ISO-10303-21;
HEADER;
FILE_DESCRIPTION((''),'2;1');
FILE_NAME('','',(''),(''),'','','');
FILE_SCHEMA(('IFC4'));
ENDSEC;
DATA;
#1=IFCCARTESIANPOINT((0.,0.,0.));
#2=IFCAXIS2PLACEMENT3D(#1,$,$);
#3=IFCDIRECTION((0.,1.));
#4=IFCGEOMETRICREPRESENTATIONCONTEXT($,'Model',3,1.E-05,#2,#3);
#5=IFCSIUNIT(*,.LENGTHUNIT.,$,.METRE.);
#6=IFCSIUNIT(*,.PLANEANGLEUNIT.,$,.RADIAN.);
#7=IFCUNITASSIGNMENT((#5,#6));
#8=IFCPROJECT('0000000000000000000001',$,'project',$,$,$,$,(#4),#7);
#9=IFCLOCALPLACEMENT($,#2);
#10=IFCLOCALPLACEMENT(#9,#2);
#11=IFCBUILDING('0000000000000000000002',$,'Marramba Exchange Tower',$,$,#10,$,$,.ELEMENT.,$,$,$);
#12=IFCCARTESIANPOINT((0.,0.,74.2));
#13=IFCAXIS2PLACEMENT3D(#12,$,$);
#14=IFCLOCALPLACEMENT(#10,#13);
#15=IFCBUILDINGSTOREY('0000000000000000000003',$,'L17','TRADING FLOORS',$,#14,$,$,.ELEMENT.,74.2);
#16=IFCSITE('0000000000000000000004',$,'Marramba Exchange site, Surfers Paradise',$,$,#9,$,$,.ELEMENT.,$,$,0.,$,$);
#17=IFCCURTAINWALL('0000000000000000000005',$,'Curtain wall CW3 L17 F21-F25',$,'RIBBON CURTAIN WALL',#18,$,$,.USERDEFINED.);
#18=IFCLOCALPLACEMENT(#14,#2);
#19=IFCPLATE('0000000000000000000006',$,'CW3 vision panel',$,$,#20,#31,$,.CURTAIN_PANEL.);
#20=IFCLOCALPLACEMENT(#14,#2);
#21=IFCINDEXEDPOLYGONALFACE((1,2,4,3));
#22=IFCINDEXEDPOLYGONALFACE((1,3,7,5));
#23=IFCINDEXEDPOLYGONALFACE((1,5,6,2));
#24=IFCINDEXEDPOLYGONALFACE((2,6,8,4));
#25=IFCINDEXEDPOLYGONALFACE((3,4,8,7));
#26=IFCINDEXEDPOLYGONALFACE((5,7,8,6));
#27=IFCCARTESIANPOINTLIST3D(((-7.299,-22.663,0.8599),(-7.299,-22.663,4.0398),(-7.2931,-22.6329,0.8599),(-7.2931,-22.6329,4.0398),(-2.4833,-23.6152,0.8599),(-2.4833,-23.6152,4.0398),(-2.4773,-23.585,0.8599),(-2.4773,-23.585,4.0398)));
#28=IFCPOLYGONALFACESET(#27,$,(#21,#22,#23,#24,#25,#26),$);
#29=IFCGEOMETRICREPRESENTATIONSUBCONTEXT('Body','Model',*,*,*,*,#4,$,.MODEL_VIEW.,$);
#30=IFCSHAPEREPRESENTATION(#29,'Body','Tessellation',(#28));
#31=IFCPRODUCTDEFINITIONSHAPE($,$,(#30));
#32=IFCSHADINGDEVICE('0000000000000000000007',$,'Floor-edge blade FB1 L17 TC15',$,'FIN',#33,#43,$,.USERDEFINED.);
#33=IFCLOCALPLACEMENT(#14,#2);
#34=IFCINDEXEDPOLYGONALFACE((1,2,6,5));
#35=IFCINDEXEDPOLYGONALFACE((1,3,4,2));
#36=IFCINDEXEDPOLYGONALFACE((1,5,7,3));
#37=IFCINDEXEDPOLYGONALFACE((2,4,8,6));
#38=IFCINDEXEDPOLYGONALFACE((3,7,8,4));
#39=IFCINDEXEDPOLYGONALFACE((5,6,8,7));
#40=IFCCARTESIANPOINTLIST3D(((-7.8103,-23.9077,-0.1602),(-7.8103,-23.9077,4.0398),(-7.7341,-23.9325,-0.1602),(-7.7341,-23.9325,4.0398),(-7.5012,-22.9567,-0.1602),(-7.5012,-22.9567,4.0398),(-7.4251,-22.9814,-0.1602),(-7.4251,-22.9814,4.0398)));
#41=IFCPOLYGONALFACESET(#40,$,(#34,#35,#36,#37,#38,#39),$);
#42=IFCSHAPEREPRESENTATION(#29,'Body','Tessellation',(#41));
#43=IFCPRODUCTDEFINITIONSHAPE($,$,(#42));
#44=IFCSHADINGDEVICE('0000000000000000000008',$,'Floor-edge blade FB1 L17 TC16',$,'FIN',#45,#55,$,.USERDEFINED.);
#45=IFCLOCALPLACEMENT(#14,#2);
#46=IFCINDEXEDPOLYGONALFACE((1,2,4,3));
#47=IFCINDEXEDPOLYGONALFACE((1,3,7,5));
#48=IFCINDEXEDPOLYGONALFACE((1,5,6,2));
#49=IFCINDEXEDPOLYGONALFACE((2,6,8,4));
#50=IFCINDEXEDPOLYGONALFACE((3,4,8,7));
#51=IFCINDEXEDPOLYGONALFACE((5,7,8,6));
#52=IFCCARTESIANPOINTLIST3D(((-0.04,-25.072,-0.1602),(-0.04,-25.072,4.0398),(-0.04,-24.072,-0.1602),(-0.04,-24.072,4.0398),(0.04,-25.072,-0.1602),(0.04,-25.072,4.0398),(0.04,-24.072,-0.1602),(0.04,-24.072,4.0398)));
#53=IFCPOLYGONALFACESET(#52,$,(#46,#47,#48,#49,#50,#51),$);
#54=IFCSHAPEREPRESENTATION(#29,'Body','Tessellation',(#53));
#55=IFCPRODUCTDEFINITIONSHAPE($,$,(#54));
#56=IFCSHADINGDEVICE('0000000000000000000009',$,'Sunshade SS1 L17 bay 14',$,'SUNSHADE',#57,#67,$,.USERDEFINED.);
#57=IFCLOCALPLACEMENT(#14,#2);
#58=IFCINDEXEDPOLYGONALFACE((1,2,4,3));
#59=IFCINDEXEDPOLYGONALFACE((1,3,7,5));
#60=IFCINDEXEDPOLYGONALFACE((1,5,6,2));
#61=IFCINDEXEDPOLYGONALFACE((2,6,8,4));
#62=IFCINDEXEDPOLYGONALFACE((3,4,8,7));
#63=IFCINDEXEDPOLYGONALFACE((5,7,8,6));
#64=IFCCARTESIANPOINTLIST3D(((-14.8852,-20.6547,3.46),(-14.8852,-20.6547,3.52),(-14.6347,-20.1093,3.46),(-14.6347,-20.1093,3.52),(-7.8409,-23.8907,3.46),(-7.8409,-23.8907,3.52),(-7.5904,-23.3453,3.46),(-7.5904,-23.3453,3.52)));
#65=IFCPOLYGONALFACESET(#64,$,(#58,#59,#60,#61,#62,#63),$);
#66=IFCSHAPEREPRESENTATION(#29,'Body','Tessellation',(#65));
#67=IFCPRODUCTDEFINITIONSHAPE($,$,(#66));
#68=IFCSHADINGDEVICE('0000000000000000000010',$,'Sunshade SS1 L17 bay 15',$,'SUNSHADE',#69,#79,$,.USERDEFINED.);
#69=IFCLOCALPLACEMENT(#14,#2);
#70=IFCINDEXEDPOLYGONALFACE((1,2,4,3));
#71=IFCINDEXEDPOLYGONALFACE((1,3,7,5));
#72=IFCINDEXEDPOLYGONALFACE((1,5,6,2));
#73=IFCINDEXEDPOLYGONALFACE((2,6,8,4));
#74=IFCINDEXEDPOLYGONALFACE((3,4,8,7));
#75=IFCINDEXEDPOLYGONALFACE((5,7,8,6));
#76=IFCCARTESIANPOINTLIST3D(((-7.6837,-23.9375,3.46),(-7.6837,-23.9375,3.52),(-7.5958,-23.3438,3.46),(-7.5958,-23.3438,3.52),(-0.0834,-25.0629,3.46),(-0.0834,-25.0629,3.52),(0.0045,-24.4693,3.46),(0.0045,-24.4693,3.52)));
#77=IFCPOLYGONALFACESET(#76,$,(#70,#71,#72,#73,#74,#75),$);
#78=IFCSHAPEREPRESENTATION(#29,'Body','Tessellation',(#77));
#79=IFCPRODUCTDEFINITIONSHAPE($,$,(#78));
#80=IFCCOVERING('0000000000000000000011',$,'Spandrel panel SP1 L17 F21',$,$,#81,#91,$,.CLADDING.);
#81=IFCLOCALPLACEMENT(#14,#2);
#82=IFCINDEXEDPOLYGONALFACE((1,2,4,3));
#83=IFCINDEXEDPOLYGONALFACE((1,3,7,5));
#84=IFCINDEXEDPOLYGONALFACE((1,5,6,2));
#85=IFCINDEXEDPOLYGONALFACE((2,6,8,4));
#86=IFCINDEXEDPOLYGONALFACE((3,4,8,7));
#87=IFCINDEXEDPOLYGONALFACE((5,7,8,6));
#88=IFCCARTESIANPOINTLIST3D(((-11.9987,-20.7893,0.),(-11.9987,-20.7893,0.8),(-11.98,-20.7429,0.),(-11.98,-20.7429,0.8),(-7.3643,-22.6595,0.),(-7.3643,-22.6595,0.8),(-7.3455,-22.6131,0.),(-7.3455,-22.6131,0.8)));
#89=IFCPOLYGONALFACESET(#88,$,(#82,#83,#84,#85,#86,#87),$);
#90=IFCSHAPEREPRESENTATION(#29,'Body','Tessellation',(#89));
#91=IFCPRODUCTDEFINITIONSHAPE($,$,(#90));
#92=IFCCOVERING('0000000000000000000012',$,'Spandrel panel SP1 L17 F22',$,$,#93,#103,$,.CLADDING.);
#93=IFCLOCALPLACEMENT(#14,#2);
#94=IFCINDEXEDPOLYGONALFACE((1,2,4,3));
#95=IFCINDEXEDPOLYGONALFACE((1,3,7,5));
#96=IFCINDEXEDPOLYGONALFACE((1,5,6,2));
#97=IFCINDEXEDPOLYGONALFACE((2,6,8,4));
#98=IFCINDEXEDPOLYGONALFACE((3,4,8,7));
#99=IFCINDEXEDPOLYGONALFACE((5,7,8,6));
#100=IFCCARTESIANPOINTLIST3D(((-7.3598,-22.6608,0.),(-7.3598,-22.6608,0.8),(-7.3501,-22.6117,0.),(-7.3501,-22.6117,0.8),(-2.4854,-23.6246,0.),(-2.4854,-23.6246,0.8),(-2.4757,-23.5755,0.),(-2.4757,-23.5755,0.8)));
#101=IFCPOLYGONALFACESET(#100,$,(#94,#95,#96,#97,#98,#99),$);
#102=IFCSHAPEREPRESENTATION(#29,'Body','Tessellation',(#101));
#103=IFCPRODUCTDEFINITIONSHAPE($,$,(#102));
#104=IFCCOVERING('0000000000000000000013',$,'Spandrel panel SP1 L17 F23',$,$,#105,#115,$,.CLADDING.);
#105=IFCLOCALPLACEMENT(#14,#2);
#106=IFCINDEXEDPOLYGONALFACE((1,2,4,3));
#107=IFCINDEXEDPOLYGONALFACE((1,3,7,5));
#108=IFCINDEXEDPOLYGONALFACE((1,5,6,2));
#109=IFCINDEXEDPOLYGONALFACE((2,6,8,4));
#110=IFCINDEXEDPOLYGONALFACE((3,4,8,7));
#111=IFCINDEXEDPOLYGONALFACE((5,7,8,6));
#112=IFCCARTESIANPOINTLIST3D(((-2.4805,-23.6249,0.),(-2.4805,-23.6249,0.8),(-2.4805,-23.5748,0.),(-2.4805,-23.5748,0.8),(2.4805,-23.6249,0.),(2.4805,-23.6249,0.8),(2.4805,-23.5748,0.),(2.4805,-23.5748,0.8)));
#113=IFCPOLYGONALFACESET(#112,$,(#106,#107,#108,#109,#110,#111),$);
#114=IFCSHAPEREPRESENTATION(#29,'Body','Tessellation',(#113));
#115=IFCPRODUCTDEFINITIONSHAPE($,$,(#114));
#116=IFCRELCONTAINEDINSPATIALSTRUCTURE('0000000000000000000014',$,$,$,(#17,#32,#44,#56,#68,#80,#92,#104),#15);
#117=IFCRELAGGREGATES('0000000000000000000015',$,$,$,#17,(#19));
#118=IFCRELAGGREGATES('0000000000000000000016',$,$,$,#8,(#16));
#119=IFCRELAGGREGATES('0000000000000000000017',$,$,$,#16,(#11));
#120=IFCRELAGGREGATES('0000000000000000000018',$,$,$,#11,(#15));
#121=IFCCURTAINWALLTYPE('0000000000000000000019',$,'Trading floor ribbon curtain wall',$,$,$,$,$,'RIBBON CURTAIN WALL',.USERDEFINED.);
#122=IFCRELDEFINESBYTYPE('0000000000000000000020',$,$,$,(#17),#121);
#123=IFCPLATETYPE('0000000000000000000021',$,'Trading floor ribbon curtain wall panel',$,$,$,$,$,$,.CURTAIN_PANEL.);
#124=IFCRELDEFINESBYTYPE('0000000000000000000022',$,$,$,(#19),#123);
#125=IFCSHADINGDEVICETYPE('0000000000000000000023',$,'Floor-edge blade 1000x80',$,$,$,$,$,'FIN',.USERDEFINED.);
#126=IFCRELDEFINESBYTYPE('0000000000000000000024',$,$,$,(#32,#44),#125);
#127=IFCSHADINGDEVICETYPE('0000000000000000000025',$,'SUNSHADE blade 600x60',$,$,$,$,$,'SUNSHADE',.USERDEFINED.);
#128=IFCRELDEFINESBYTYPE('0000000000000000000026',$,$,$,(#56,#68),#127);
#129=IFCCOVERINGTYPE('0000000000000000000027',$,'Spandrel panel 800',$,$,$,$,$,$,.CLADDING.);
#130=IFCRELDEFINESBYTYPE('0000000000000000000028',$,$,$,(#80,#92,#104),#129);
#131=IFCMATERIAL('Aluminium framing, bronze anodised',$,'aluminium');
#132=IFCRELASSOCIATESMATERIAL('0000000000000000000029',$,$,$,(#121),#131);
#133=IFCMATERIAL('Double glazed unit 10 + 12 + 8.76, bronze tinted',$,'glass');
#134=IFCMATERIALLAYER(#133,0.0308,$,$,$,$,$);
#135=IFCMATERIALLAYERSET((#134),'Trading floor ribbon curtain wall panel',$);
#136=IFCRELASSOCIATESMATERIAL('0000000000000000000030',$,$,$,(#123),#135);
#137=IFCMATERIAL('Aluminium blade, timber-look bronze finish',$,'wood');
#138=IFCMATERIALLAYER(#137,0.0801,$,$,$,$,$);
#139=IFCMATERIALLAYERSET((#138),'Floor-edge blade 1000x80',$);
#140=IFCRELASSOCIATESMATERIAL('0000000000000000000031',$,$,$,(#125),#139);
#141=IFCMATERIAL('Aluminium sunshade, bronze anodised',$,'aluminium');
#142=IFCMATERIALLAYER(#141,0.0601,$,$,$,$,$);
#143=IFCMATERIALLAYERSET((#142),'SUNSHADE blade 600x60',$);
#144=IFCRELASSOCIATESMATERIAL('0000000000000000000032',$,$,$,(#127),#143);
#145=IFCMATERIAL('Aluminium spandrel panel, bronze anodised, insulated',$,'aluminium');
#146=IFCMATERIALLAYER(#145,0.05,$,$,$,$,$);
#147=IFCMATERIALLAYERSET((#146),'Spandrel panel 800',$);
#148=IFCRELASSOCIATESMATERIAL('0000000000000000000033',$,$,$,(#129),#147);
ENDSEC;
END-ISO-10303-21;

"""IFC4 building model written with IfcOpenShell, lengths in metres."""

from ifc_helpers import new_model, si_unit, direction, frame, origin, origin_2d, place, context, subcontext, project, spatial, rectangle, extrude, material, layer, layer_set, type_object, element, aggregate, save


model = new_model("IFC4")

# Units and contexts
model_context = context("Model", 3, precision=1e-05, world=origin(), true_north=direction((0.0, 1.0)))
body_context = subcontext(model_context, "Body", "Model", "MODEL_VIEW")
ifc_project = project(units=[si_unit("LENGTHUNIT", "METRE"), si_unit("PLANEANGLEUNIT", "RADIAN")], contexts=[model_context])

# Site, building, storey
site_placement = place(None, origin())
site = spatial("IfcSite", under=ifc_project, at=site_placement, Name="Marramba Exchange site, Surfers Paradise", CompositionType="ELEMENT", RefElevation=0.0)
building_placement = place(site_placement, origin())
building = spatial("IfcBuilding", under=site, at=building_placement, Name="Marramba Exchange Tower", CompositionType="ELEMENT")
storey_placement = place(building_placement, frame((0.0, 0.0, 74.2)))
storey = spatial("IfcBuildingStorey", under=building, at=storey_placement, Name="L17", Description="TRADING FLOORS", CompositionType="ELEMENT", Elevation=74.2)

# Curtain wall, plate
ifc_material_1 = material(Name="Aluminium framing, bronze anodised", Category="aluminium")
curtain_wall_type = type_object("IfcCurtainWallType", Name="Trading floor ribbon curtain wall", ElementType="RIBBON CURTAIN WALL", PredefinedType="USERDEFINED", material=ifc_material_1)
curtain_wall_placement = place(storey_placement, origin())
curtain_wall = element("IfcCurtainWall", 1, at=curtain_wall_placement, inside=storey, type_object=curtain_wall_type, Name="Curtain wall CW3 L17 F21-F25", ObjectType="RIBBON CURTAIN WALL", PredefinedType="USERDEFINED")
ifc_material_2 = material(Name="Double glazed unit 10 + 12 + 8.76, bronze tinted", Category="glass")
ifc_layer_1 = layer(ifc_material_2, 0.0308)
ifc_layer_set_1 = layer_set([ifc_layer_1], Name="Trading floor ribbon curtain wall panel")
plate_type = type_object("IfcPlateType", Name="Trading floor ribbon curtain wall panel", PredefinedType="CURTAIN_PANEL", material=ifc_layer_set_1)
plate_1_placement = place(storey_placement, frame((-4.8882, -23.124, 0.8599), z_axis=(0.0, 0.0, 1.0), x_axis=(0.981009, -0.193961, 0.0)))
plate_1 = element("IfcPlate", 2, at=plate_1_placement, type_object=plate_type, Name="CW3 vision panel", PredefinedType="CURTAIN_PANEL", context=body_context, shape_type="SweptSolid", body=[
    extrude(rectangle(XDim=4.9089, YDim=0.0308, at=origin_2d()), origin(), (0.0, 0.0, 1.0), 3.1799),
])
aggregate(curtain_wall, [plate_1])

# Shading devices
ifc_material_3 = material(Name="Aluminium blade, timber-look bronze finish", Category="wood")
ifc_layer_2 = layer(ifc_material_3, 0.0801)
ifc_layer_set_2 = layer_set([ifc_layer_2], Name="Floor-edge blade 1000x80")
shading_device_type_1 = type_object("IfcShadingDeviceType", Name="Floor-edge blade 1000x80", ElementType="FIN", PredefinedType="USERDEFINED", material=ifc_layer_set_2)
for number, where, z_axis, x_axis, name in (
    (3, (-7.6177, -23.4446, -0.1602), (0.0, 0.0, 1.0), (-0.309017, -0.951057, 0.0), "Floor-edge blade FB1 L17 TC15"),
    (4, (0.0, -24.572, -0.1602), (0.0, 0.0, 1.0), (0.0, -1.0, 0.0), "Floor-edge blade FB1 L17 TC16"),
):
    element("IfcShadingDevice", number, at=place(storey_placement, frame(where, z_axis=z_axis, x_axis=x_axis)), inside=storey, type_object=shading_device_type_1, Name=name, ObjectType="FIN", PredefinedType="USERDEFINED", context=body_context, shape_type="SweptSolid", body=[
        extrude(rectangle(XDim=1.0, YDim=0.0801, at=origin_2d()), origin(), (0.0, 0.0, 1.0), 4.2),
    ])
ifc_material_4 = material(Name="Aluminium sunshade, bronze anodised", Category="aluminium")
ifc_layer_3 = layer(ifc_material_4, 0.0601)
ifc_layer_set_3 = layer_set([ifc_layer_3], Name="SUNSHADE blade 600x60")
shading_device_type_2 = type_object("IfcShadingDeviceType", Name="SUNSHADE blade 600x60", ElementType="SUNSHADE", PredefinedType="USERDEFINED", material=ifc_layer_set_3)
shading_device_1_placement = place(storey_placement, frame((-11.2378, -22.0, 3.46), z_axis=(0.0, 0.0, 1.0), x_axis=(0.908704, -0.417442, 0.0)))
element("IfcShadingDevice", 5, at=shading_device_1_placement, inside=storey, type_object=shading_device_type_2, Name="Sunshade SS1 L17 bay 14", ObjectType="SUNSHADE", PredefinedType="USERDEFINED", context=body_context, shape_type="SweptSolid", body=[
    extrude(rectangle(XDim=7.752, YDim=0.6001, at=origin_2d()), origin(), (0.0, 0.0, 1.0), 0.0601),
])
shading_device_2_placement = place(storey_placement, frame((-3.8396, -24.2034, 3.46), z_axis=(0.0, 0.0, 1.0), x_axis=(0.989213, -0.146485, 0.0)))
element("IfcShadingDevice", 6, at=shading_device_2_placement, inside=storey, type_object=shading_device_type_2, Name="Sunshade SS1 L17 bay 15", ObjectType="SUNSHADE", PredefinedType="USERDEFINED", context=body_context, shape_type="SweptSolid", body=[
    extrude(rectangle(XDim=7.6831, YDim=0.6001, at=origin_2d()), origin(), (0.0, 0.0, 1.0), 0.0601),
])

# Coverings
ifc_material_5 = material(Name="Aluminium spandrel panel, bronze anodised, insulated", Category="aluminium")
ifc_layer_4 = layer(ifc_material_5, 0.05)
ifc_layer_set_4 = layer_set([ifc_layer_4], Name="Spandrel panel 800")
covering_type = type_object("IfcCoveringType", Name="Spandrel panel 800", PredefinedType="CLADDING", material=ifc_layer_set_4)
covering_1_placement = place(storey_placement, frame((-9.6721, -21.7012, 0.0), z_axis=(0.0, 0.0, 1.0), x_axis=(0.927341, -0.374218, 0.0)))
element("IfcCovering", 7, at=covering_1_placement, inside=storey, type_object=covering_type, Name="Spandrel panel SP1 L17 F21", PredefinedType="CLADDING", context=body_context, shape_type="SweptSolid", body=[
    extrude(rectangle(XDim=4.9976, YDim=0.05, at=origin_2d()), origin(), (0.0, 0.0, 1.0), 0.8),
])
covering_2_placement = place(storey_placement, frame((-4.9177, -23.1182, 0.0), z_axis=(0.0, 0.0, 1.0), x_axis=(0.981009, -0.193961, 0.0)))
element("IfcCovering", 8, at=covering_2_placement, inside=storey, type_object=covering_type, Name="Spandrel panel SP1 L17 F22", PredefinedType="CLADDING", context=body_context, shape_type="SweptSolid", body=[
    extrude(rectangle(XDim=4.9688, YDim=0.05, at=origin_2d()), origin(), (0.0, 0.0, 1.0), 0.8),
])
covering_3_placement = place(storey_placement, frame((0.0, -23.5999, 0.0), z_axis=(0.0, 0.0, 1.0), x_axis=(1.0, 0.0, 0.0)))
element("IfcCovering", 9, at=covering_3_placement, inside=storey, type_object=covering_type, Name="Spandrel panel SP1 L17 F23", PredefinedType="CLADDING", context=body_context, shape_type="SweptSolid", body=[
    extrude(rectangle(XDim=4.9609, YDim=0.05, at=origin_2d()), origin(), (0.0, 0.0, 1.0), 0.8),
])

save(model, "model.ifc")
